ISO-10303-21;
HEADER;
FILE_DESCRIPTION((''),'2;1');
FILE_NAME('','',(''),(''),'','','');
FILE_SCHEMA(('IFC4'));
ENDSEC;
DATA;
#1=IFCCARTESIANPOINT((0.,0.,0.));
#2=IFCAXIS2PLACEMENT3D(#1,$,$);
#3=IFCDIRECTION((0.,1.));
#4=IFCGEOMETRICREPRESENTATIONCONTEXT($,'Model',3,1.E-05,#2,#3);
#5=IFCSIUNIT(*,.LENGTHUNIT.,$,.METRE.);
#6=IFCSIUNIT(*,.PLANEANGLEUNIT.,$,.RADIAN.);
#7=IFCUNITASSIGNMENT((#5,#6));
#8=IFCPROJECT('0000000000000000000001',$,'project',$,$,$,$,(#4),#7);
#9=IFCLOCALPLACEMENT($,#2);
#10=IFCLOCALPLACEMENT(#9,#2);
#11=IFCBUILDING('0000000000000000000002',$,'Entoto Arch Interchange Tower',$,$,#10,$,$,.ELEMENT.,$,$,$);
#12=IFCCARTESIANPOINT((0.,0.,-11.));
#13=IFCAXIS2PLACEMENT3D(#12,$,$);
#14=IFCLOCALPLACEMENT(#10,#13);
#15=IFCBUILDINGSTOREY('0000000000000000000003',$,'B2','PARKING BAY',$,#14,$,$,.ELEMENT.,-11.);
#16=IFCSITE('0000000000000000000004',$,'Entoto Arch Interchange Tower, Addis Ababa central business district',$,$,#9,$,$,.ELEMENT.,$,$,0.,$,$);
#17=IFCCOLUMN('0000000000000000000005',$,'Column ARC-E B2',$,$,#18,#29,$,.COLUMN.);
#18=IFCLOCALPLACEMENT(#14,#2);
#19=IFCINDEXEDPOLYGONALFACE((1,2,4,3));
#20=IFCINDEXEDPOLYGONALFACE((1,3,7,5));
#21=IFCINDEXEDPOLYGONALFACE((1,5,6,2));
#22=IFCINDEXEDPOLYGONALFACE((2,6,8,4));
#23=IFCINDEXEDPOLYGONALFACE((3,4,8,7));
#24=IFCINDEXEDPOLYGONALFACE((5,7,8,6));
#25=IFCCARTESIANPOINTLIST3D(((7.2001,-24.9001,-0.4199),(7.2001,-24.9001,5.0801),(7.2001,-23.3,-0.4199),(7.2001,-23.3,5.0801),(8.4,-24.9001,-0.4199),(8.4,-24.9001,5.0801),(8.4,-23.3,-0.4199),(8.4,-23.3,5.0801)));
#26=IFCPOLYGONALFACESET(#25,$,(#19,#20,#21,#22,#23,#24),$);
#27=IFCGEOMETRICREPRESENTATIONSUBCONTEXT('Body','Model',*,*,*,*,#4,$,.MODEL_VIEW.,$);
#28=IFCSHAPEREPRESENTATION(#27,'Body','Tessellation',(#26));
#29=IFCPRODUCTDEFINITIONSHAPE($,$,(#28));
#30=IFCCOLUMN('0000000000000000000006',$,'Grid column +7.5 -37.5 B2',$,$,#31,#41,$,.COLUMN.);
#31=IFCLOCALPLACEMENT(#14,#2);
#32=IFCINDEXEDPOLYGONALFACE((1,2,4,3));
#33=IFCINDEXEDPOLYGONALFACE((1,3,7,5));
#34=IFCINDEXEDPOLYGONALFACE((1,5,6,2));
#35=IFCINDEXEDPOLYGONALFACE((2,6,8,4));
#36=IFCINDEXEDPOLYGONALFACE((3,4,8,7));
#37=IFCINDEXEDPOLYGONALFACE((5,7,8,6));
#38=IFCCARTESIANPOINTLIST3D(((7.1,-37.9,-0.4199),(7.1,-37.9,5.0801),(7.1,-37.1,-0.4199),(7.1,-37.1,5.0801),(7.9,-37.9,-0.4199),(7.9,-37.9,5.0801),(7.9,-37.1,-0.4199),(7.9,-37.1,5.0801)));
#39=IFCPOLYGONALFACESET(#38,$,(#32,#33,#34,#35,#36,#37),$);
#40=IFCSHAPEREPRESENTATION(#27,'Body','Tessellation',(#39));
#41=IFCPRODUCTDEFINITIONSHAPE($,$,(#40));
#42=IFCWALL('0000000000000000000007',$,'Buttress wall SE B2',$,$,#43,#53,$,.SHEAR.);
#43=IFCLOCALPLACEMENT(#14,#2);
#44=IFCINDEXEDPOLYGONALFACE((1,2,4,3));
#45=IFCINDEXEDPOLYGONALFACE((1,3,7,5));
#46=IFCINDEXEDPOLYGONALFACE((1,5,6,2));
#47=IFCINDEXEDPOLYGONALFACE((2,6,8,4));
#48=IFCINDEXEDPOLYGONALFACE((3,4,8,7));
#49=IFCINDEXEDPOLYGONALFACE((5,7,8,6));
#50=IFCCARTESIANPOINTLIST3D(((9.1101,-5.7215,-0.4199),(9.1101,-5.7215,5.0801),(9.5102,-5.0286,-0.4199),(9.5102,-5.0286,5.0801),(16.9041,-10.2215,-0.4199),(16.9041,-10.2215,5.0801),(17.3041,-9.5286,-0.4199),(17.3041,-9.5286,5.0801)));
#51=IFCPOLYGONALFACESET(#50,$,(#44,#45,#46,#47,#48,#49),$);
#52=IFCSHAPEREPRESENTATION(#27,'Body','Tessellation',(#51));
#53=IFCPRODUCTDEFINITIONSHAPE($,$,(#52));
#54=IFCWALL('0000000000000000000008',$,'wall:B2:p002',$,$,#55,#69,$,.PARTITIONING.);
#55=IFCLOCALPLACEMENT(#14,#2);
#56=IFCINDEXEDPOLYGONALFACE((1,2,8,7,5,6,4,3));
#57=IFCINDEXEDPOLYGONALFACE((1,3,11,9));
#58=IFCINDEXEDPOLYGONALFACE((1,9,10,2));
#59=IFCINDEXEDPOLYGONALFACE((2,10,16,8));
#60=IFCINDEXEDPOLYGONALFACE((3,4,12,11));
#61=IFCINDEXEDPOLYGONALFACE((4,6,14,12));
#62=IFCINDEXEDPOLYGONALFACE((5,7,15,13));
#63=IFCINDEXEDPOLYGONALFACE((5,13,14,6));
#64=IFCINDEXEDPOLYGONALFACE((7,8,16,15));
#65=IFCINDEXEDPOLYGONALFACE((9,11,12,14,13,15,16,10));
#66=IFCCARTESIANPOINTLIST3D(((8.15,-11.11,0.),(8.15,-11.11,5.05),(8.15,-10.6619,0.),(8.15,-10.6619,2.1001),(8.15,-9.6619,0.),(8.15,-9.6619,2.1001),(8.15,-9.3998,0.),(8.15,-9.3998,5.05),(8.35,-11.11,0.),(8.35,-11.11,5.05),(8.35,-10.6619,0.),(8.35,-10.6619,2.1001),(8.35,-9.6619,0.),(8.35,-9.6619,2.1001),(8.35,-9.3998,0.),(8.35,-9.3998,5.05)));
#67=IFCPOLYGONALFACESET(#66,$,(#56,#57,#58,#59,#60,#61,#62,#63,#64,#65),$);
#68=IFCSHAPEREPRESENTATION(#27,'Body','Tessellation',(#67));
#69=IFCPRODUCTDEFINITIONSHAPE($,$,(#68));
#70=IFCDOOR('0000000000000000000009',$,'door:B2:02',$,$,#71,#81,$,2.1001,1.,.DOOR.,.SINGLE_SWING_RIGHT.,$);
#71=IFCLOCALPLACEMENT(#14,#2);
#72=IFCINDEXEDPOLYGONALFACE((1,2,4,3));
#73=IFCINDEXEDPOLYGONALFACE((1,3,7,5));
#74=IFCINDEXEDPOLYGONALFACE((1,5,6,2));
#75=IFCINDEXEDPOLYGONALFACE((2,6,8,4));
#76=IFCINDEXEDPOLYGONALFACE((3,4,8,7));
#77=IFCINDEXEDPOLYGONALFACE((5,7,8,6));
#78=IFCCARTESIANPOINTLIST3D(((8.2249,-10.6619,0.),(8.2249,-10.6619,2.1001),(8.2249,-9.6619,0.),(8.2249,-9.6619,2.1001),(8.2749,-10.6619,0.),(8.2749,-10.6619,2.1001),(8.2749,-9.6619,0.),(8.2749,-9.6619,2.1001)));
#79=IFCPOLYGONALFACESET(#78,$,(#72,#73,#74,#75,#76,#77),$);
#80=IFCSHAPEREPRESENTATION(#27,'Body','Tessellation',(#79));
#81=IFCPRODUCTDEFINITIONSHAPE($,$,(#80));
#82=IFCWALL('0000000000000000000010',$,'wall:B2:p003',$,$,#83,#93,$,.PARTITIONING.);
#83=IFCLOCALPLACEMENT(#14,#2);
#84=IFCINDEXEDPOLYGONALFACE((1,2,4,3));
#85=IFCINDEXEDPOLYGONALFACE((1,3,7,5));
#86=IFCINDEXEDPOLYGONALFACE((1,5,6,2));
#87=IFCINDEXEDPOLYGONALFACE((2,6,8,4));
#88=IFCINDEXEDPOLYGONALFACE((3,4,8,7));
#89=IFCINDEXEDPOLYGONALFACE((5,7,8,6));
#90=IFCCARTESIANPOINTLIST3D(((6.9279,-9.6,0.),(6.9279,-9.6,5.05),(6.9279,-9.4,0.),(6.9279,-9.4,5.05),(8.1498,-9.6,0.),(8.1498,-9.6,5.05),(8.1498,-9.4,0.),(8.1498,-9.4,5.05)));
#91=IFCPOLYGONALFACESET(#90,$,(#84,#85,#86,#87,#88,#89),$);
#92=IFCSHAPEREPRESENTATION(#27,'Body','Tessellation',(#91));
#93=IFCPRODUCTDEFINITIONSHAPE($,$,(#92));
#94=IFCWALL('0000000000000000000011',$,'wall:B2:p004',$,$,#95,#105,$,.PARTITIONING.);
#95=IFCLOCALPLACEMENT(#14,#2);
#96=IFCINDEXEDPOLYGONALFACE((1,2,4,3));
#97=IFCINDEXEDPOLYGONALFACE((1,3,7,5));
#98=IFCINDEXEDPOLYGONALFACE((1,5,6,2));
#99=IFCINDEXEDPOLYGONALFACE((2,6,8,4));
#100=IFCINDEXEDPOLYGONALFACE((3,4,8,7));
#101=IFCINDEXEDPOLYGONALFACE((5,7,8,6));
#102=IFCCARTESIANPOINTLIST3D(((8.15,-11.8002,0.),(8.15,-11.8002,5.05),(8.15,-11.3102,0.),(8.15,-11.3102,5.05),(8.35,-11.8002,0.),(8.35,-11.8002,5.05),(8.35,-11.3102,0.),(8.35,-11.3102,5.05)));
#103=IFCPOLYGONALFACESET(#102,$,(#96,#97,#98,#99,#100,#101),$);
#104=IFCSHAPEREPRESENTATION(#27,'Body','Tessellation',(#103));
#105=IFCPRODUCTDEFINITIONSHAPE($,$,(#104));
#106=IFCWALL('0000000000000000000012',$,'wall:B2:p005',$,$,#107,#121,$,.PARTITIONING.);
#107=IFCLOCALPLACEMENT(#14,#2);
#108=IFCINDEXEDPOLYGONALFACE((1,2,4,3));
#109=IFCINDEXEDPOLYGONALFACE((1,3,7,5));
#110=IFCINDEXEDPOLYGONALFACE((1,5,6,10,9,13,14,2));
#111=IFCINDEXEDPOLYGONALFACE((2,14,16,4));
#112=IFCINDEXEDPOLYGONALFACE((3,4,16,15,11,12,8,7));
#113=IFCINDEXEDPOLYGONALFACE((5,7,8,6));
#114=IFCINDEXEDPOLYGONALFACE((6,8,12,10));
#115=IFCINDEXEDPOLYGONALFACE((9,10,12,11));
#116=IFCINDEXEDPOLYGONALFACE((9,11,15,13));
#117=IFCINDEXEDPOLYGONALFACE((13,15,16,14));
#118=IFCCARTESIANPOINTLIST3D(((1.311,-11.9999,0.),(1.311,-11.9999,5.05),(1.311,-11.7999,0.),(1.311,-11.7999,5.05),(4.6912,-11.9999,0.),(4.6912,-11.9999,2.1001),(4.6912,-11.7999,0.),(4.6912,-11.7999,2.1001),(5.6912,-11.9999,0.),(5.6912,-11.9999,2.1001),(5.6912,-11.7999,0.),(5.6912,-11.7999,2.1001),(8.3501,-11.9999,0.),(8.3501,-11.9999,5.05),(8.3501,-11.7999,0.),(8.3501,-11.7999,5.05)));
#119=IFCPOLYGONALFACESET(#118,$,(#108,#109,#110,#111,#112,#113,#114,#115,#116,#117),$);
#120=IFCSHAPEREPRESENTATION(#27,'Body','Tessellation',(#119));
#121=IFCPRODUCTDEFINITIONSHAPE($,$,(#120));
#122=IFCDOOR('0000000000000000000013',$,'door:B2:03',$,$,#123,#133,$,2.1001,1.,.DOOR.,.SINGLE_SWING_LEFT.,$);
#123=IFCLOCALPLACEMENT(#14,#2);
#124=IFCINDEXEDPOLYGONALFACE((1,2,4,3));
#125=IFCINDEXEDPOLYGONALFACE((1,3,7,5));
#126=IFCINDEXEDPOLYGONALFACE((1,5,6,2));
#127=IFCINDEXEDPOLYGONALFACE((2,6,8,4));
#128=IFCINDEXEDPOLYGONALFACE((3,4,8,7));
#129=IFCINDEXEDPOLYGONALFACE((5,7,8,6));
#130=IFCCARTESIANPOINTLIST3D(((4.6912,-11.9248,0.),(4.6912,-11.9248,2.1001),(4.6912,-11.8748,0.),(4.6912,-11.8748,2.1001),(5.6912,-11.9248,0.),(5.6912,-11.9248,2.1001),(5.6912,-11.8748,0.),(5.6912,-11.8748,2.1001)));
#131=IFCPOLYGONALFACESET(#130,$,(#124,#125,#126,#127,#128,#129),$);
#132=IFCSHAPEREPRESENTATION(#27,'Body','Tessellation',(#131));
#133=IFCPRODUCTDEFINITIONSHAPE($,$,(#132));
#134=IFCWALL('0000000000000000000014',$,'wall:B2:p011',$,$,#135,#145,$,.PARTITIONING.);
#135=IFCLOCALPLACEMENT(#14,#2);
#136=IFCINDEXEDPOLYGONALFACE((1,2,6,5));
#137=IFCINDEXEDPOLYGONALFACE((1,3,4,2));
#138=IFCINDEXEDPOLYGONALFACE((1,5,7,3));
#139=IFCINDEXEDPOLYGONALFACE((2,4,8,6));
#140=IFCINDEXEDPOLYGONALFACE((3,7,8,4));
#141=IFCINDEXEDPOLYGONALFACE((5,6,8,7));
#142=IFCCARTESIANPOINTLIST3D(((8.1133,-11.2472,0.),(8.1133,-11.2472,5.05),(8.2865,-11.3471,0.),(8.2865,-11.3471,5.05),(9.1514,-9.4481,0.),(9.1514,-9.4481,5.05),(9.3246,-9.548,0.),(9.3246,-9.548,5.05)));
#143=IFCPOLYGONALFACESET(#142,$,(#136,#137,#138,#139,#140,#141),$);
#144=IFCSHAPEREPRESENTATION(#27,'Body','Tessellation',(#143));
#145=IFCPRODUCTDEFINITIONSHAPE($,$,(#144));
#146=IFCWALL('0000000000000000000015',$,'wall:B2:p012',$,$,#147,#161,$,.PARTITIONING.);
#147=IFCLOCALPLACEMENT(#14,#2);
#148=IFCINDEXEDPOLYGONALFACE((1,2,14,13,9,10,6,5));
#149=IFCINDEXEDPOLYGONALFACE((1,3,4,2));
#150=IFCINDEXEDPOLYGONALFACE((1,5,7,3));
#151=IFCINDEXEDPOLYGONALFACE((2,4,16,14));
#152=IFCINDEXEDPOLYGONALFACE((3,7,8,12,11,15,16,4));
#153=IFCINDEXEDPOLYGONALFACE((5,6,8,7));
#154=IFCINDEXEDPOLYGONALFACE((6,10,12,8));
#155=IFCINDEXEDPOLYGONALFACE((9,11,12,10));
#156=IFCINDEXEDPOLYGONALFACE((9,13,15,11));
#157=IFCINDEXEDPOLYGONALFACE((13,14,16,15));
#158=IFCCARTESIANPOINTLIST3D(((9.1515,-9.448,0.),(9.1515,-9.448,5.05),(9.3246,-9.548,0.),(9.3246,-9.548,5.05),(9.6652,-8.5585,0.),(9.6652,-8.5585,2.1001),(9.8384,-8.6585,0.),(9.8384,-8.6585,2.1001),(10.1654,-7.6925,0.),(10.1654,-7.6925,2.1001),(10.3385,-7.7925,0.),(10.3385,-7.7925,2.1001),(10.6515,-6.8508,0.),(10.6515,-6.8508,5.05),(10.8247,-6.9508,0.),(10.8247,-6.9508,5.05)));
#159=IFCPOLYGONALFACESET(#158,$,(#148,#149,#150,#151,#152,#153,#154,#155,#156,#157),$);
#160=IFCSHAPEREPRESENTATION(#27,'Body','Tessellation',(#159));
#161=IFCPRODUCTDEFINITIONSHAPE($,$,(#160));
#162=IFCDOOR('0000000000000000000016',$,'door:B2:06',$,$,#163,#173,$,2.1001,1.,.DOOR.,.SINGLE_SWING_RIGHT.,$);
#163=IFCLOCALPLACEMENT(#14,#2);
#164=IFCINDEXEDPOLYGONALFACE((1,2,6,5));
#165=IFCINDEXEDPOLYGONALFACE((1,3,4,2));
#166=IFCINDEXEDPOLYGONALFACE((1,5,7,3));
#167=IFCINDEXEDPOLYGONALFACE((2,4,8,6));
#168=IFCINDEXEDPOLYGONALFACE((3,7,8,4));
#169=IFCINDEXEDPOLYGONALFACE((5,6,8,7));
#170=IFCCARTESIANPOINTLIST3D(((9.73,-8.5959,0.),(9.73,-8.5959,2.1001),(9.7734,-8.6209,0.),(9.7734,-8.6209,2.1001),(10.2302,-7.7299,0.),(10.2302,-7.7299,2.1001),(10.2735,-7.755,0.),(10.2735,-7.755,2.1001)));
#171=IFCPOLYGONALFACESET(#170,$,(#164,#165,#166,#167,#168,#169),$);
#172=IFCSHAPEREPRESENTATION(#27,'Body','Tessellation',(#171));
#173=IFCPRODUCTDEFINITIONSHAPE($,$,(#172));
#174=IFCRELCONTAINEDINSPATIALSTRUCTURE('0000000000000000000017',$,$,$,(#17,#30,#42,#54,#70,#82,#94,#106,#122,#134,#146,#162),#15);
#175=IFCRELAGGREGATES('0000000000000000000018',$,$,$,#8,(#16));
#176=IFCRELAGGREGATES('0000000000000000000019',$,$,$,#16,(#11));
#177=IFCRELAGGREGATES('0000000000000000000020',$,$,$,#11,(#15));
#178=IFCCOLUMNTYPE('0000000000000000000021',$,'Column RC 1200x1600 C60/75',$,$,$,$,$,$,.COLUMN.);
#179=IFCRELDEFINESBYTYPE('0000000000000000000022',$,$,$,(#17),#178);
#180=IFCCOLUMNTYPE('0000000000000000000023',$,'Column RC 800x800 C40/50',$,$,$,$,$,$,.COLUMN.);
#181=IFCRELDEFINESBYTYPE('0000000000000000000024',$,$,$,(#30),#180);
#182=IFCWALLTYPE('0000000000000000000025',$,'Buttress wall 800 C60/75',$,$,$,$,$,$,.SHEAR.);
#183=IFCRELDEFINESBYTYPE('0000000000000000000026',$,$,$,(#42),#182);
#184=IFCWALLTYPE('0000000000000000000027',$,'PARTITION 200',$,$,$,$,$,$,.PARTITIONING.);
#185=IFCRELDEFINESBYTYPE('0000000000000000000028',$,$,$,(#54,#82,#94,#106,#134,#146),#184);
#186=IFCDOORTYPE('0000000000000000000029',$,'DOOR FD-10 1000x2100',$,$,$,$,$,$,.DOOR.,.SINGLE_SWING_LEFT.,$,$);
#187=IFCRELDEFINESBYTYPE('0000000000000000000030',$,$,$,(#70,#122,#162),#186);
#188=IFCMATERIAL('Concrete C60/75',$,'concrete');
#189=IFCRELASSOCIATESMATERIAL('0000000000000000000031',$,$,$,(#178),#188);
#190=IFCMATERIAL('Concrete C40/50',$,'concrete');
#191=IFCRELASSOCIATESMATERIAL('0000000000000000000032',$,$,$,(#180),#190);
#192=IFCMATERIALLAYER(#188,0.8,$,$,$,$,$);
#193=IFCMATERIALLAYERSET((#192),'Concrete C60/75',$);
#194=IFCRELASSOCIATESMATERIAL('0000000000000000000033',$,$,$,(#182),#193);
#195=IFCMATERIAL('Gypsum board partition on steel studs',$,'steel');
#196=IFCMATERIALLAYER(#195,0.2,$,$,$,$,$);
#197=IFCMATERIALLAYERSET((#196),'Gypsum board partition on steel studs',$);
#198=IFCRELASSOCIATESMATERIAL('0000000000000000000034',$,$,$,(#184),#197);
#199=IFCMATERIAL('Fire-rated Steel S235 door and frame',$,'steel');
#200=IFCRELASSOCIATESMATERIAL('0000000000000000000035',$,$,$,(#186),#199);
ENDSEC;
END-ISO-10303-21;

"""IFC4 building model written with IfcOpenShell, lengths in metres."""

from ifc_helpers import new_model, si_unit, direction, frame, frame_2d, origin, origin_2d, place, context, subcontext, project, spatial, rectangle, extrude, material, layer, layer_set, material_profile, profile_set, type_object, element, fill, save


model = new_model("IFC4")

# Units and contexts
model_context = context("Model", 3, precision=1e-05, world=origin(), true_north=direction((0.0, 1.0)))
body_context = subcontext(model_context, "Body", "Model", "MODEL_VIEW")
ifc_project = project(units=[si_unit("LENGTHUNIT", "METRE"), si_unit("PLANEANGLEUNIT", "RADIAN")], contexts=[model_context])

# Site, building, storey
site_placement = place(None, origin())
site = spatial("IfcSite", under=ifc_project, at=site_placement, Name="Entoto Arch Interchange Tower, Addis Ababa central business district", CompositionType="ELEMENT", RefElevation=0.0)
building_placement = place(site_placement, origin())
building = spatial("IfcBuilding", under=site, at=building_placement, Name="Entoto Arch Interchange Tower", CompositionType="ELEMENT")
storey_placement = place(building_placement, frame((0.0, 0.0, -11.0)))
storey = spatial("IfcBuildingStorey", under=building, at=storey_placement, Name="B2", Description="PARKING BAY", CompositionType="ELEMENT", Elevation=-11.0)

# Columns
ifc_material_1 = material(Name="Concrete C60/75", Category="concrete")
ifc_material_profile_1 = material_profile(ifc_material_1, rectangle(XDim=1.2, YDim=1.6001, at=origin_2d()))
ifc_profile_set_1 = profile_set([ifc_material_profile_1], Name="Concrete C60/75")
column_type_1 = type_object("IfcColumnType", Name="Column RC 1200x1600 C60/75", PredefinedType="COLUMN", material=ifc_profile_set_1)
column_1_placement = place(storey_placement, frame((7.8, -24.1001, -0.4199), z_axis=(0.0, 0.0, 1.0), x_axis=(1.0, 0.0, 0.0)))
element("IfcColumn", 1, at=column_1_placement, inside=storey, type_object=column_type_1, Name="Column ARC-E B2", PredefinedType="COLUMN", context=body_context, shape_type="SweptSolid", body=[
    extrude(rectangle(XDim=1.2, YDim=1.6001, at=origin_2d()), origin(), (0.0, 0.0, 1.0), 5.5),
])
ifc_material_2 = material(Name="Concrete C40/50", Category="concrete")
ifc_material_profile_2 = material_profile(ifc_material_2, rectangle(XDim=0.8, YDim=0.8, at=origin_2d()))
ifc_profile_set_2 = profile_set([ifc_material_profile_2], Name="Concrete C40/50")
column_type_2 = type_object("IfcColumnType", Name="Column RC 800x800 C40/50", PredefinedType="COLUMN", material=ifc_profile_set_2)
column_2_placement = place(storey_placement, frame((7.5, -37.5, -0.4199), z_axis=(0.0, 0.0, 1.0), x_axis=(1.0, 0.0, 0.0)))
element("IfcColumn", 2, at=column_2_placement, inside=storey, type_object=column_type_2, Name="Grid column +7.5 -37.5 B2", PredefinedType="COLUMN", context=body_context, shape_type="SweptSolid", body=[
    extrude(rectangle(XDim=0.8, YDim=0.8, at=origin_2d()), origin(), (0.0, 0.0, 1.0), 5.5),
])

# Wall
ifc_layer_1 = layer(ifc_material_1, 0.8)
ifc_layer_set_1 = layer_set([ifc_layer_1], Name="Concrete C60/75")
wall_type_1 = type_object("IfcWallType", Name="Buttress wall 800 C60/75", PredefinedType="SHEAR", material=ifc_layer_set_1)
wall_1_placement = place(storey_placement, frame((9.3101, -5.375, -0.4199), z_axis=(0.0, 0.0, 1.0), x_axis=(0.866018, -0.500014, 0.0)))
element("IfcWall", 3, at=wall_1_placement, inside=storey, type_object=wall_type_1, Name="Buttress wall SE B2", PredefinedType="SHEAR", context=body_context, shape_type="SweptSolid", body=[
    extrude(rectangle(XDim=8.9998, YDim=0.8, at=frame_2d((4.5, 0.0))), origin(), (0.0, 0.0, 1.0), 5.5),
])

# Wall, opening, door
ifc_material_3 = material(Name="Gypsum board partition on steel studs", Category="steel")
ifc_layer_2 = layer(ifc_material_3, 0.2)
ifc_layer_set_2 = layer_set([ifc_layer_2], Name="Gypsum board partition on steel studs")
wall_type_2 = type_object("IfcWallType", Name="PARTITION 200", PredefinedType="PARTITIONING", material=ifc_layer_set_2)
wall_2_placement = place(storey_placement, frame((8.25, -9.3999, 0.0), z_axis=(0.0, 0.0, 1.0), x_axis=(0.0, -1.0, 0.0)))
wall_2 = element("IfcWall", 4, at=wall_2_placement, inside=storey, type_object=wall_type_2, Name="wall:B2:p002", PredefinedType="PARTITIONING", context=body_context, shape_type="SweptSolid", body=[
    extrude(rectangle(XDim=1.7102, YDim=0.2, at=frame_2d((0.855, 0.0))), origin(), (0.0, 0.0, 1.0), 5.05),
])
opening_1_placement = place(wall_2_placement, frame((0.262, 0.0, 0.0)))
opening_1 = element("IfcOpeningElement", 5, at=opening_1_placement, cuts=wall_2, PredefinedType="OPENING", context=body_context, shape_type="SweptSolid", body=[
    extrude(rectangle(XDim=1.0, YDim=2.1001, at=frame_2d((0.5, 1.05))), frame((0.0, 0.1099, 0.0), z_axis=(0.0, -1.0, 0.0), x_axis=(1.0, 0.0, 0.0)), (0.0, 0.0, 1.0), 0.22),
])
ifc_material_4 = material(Name="Fire-rated Steel S235 door and frame", Category="steel")
door_type_1 = type_object("IfcDoorType", Name="DOOR FD-10 1000x2100", OperationType="SINGLE_SWING_LEFT", PredefinedType="DOOR", material=ifc_material_4)
door_1_placement = place(opening_1_placement, origin())
door_1 = element("IfcDoor", 6, at=door_1_placement, inside=storey, type_object=door_type_1, Name="door:B2:02", OperationType="SINGLE_SWING_RIGHT", OverallHeight=2.1001, OverallWidth=1.0, PredefinedType="DOOR", context=body_context, shape_type="SweptSolid", body=[
    extrude(rectangle(XDim=1.0, YDim=2.1001, at=frame_2d((0.5, 1.05))), frame((0.0, 0.0249, 0.0), z_axis=(0.0, -1.0, 0.0), x_axis=(1.0, 0.0, 0.0)), (0.0, 0.0, 1.0), 0.05),
])
fill(opening_1, door_1)

# Walls
wall_3_placement = place(storey_placement, frame((6.928, -9.5, 0.0), z_axis=(0.0, 0.0, 1.0), x_axis=(1.0, 0.0, 0.0)))
element("IfcWall", 7, at=wall_3_placement, inside=storey, type_object=wall_type_2, Name="wall:B2:p003", PredefinedType="PARTITIONING", context=body_context, shape_type="SweptSolid", body=[
    extrude(rectangle(XDim=1.2219, YDim=0.2, at=frame_2d((0.6108, 0.0))), origin(), (0.0, 0.0, 1.0), 5.05),
])
wall_4_placement = place(storey_placement, frame((8.25, -11.3101, 0.0), z_axis=(0.0, 0.0, 1.0), x_axis=(0.0, -1.0, 0.0)))
element("IfcWall", 8, at=wall_4_placement, inside=storey, type_object=wall_type_2, Name="wall:B2:p004", PredefinedType="PARTITIONING", context=body_context, shape_type="SweptSolid", body=[
    extrude(rectangle(XDim=0.49, YDim=0.2, at=frame_2d((0.2451, 0.0))), origin(), (0.0, 0.0, 1.0), 5.05),
])

# Wall, opening, door
wall_5_placement = place(storey_placement, frame((8.3501, -11.8999, 0.0), z_axis=(0.0, 0.0, 1.0), x_axis=(-1.0, 0.0, 0.0)))
wall_5 = element("IfcWall", 9, at=wall_5_placement, inside=storey, type_object=wall_type_2, Name="wall:B2:p005", PredefinedType="PARTITIONING", context=body_context, shape_type="SweptSolid", body=[
    extrude(rectangle(XDim=7.0391, YDim=0.2, at=frame_2d((3.5195, 0.0))), origin(), (0.0, 0.0, 1.0), 5.05),
])
opening_2_placement = place(wall_5_placement, frame((2.6589, 0.0, 0.0)))
opening_2 = element("IfcOpeningElement", 10, at=opening_2_placement, cuts=wall_5, PredefinedType="OPENING", context=body_context, shape_type="SweptSolid", body=[
    extrude(rectangle(XDim=1.0, YDim=2.1001, at=frame_2d((0.5, 1.05))), frame((0.0, 0.1099, 0.0), z_axis=(0.0, -1.0, 0.0), x_axis=(1.0, 0.0, 0.0)), (0.0, 0.0, 1.0), 0.22),
])
door_2_placement = place(opening_2_placement, origin())
door_2 = element("IfcDoor", 11, at=door_2_placement, inside=storey, type_object=door_type_1, Name="door:B2:03", OperationType="SINGLE_SWING_LEFT", OverallHeight=2.1001, OverallWidth=1.0, PredefinedType="DOOR", context=body_context, shape_type="SweptSolid", body=[
    extrude(rectangle(XDim=1.0, YDim=2.1001, at=frame_2d((0.5, 1.05))), frame((0.0, 0.0249, 0.0), z_axis=(0.0, -1.0, 0.0), x_axis=(1.0, 0.0, 0.0)), (0.0, 0.0, 1.0), 0.05),
])
fill(opening_2, door_2)

# Wall
wall_6_placement = place(storey_placement, frame((9.238, -9.498, 0.0), z_axis=(0.0, 0.0, 1.0), x_axis=(-0.49978, -0.866152, 0.0)))
element("IfcWall", 12, at=wall_6_placement, inside=storey, type_object=wall_type_2, Name="wall:B2:p011", PredefinedType="PARTITIONING", context=body_context, shape_type="SweptSolid", body=[
    extrude(rectangle(XDim=2.0771, YDim=0.2, at=frame_2d((1.0386, 0.0))), origin(), (0.0, 0.0, 1.0), 5.05),
])

# Wall, opening, door
wall_7_placement = place(storey_placement, frame((10.738, -6.9009, 0.0), z_axis=(0.0, 0.0, 1.0), x_axis=(-0.500131, -0.86595, 0.0)))
wall_7 = element("IfcWall", 13, at=wall_7_placement, inside=storey, type_object=wall_type_2, Name="wall:B2:p012", PredefinedType="PARTITIONING", context=body_context, shape_type="SweptSolid", body=[
    extrude(rectangle(XDim=2.9993, YDim=0.2, at=frame_2d((1.4995, 0.0))), origin(), (0.0, 0.0, 1.0), 5.05),
])
opening_3_placement = place(wall_7_placement, frame((0.9719, 0.0, 0.0)))
opening_3 = element("IfcOpeningElement", 14, at=opening_3_placement, cuts=wall_7, PredefinedType="OPENING", context=body_context, shape_type="SweptSolid", body=[
    extrude(rectangle(XDim=1.0, YDim=2.1001, at=frame_2d((0.5, 1.05))), frame((0.0, 0.1099, 0.0), z_axis=(0.0, -1.0, 0.0), x_axis=(1.0, 0.0, 0.0)), (0.0, 0.0, 1.0), 0.22),
])
door_3_placement = place(opening_3_placement, origin())
door_3 = element("IfcDoor", 15, at=door_3_placement, inside=storey, type_object=door_type_1, Name="door:B2:06", OperationType="SINGLE_SWING_RIGHT", OverallHeight=2.1001, OverallWidth=1.0, PredefinedType="DOOR", context=body_context, shape_type="SweptSolid", body=[
    extrude(rectangle(XDim=1.0, YDim=2.1001, at=frame_2d((0.5, 1.05))), frame((0.0, 0.0249, 0.0), z_axis=(0.0, -1.0, 0.0), x_axis=(1.0, 0.0, 0.0)), (0.0, 0.0, 1.0), 0.05),
])
fill(opening_3, door_3)

save(model, "model.ifc")
